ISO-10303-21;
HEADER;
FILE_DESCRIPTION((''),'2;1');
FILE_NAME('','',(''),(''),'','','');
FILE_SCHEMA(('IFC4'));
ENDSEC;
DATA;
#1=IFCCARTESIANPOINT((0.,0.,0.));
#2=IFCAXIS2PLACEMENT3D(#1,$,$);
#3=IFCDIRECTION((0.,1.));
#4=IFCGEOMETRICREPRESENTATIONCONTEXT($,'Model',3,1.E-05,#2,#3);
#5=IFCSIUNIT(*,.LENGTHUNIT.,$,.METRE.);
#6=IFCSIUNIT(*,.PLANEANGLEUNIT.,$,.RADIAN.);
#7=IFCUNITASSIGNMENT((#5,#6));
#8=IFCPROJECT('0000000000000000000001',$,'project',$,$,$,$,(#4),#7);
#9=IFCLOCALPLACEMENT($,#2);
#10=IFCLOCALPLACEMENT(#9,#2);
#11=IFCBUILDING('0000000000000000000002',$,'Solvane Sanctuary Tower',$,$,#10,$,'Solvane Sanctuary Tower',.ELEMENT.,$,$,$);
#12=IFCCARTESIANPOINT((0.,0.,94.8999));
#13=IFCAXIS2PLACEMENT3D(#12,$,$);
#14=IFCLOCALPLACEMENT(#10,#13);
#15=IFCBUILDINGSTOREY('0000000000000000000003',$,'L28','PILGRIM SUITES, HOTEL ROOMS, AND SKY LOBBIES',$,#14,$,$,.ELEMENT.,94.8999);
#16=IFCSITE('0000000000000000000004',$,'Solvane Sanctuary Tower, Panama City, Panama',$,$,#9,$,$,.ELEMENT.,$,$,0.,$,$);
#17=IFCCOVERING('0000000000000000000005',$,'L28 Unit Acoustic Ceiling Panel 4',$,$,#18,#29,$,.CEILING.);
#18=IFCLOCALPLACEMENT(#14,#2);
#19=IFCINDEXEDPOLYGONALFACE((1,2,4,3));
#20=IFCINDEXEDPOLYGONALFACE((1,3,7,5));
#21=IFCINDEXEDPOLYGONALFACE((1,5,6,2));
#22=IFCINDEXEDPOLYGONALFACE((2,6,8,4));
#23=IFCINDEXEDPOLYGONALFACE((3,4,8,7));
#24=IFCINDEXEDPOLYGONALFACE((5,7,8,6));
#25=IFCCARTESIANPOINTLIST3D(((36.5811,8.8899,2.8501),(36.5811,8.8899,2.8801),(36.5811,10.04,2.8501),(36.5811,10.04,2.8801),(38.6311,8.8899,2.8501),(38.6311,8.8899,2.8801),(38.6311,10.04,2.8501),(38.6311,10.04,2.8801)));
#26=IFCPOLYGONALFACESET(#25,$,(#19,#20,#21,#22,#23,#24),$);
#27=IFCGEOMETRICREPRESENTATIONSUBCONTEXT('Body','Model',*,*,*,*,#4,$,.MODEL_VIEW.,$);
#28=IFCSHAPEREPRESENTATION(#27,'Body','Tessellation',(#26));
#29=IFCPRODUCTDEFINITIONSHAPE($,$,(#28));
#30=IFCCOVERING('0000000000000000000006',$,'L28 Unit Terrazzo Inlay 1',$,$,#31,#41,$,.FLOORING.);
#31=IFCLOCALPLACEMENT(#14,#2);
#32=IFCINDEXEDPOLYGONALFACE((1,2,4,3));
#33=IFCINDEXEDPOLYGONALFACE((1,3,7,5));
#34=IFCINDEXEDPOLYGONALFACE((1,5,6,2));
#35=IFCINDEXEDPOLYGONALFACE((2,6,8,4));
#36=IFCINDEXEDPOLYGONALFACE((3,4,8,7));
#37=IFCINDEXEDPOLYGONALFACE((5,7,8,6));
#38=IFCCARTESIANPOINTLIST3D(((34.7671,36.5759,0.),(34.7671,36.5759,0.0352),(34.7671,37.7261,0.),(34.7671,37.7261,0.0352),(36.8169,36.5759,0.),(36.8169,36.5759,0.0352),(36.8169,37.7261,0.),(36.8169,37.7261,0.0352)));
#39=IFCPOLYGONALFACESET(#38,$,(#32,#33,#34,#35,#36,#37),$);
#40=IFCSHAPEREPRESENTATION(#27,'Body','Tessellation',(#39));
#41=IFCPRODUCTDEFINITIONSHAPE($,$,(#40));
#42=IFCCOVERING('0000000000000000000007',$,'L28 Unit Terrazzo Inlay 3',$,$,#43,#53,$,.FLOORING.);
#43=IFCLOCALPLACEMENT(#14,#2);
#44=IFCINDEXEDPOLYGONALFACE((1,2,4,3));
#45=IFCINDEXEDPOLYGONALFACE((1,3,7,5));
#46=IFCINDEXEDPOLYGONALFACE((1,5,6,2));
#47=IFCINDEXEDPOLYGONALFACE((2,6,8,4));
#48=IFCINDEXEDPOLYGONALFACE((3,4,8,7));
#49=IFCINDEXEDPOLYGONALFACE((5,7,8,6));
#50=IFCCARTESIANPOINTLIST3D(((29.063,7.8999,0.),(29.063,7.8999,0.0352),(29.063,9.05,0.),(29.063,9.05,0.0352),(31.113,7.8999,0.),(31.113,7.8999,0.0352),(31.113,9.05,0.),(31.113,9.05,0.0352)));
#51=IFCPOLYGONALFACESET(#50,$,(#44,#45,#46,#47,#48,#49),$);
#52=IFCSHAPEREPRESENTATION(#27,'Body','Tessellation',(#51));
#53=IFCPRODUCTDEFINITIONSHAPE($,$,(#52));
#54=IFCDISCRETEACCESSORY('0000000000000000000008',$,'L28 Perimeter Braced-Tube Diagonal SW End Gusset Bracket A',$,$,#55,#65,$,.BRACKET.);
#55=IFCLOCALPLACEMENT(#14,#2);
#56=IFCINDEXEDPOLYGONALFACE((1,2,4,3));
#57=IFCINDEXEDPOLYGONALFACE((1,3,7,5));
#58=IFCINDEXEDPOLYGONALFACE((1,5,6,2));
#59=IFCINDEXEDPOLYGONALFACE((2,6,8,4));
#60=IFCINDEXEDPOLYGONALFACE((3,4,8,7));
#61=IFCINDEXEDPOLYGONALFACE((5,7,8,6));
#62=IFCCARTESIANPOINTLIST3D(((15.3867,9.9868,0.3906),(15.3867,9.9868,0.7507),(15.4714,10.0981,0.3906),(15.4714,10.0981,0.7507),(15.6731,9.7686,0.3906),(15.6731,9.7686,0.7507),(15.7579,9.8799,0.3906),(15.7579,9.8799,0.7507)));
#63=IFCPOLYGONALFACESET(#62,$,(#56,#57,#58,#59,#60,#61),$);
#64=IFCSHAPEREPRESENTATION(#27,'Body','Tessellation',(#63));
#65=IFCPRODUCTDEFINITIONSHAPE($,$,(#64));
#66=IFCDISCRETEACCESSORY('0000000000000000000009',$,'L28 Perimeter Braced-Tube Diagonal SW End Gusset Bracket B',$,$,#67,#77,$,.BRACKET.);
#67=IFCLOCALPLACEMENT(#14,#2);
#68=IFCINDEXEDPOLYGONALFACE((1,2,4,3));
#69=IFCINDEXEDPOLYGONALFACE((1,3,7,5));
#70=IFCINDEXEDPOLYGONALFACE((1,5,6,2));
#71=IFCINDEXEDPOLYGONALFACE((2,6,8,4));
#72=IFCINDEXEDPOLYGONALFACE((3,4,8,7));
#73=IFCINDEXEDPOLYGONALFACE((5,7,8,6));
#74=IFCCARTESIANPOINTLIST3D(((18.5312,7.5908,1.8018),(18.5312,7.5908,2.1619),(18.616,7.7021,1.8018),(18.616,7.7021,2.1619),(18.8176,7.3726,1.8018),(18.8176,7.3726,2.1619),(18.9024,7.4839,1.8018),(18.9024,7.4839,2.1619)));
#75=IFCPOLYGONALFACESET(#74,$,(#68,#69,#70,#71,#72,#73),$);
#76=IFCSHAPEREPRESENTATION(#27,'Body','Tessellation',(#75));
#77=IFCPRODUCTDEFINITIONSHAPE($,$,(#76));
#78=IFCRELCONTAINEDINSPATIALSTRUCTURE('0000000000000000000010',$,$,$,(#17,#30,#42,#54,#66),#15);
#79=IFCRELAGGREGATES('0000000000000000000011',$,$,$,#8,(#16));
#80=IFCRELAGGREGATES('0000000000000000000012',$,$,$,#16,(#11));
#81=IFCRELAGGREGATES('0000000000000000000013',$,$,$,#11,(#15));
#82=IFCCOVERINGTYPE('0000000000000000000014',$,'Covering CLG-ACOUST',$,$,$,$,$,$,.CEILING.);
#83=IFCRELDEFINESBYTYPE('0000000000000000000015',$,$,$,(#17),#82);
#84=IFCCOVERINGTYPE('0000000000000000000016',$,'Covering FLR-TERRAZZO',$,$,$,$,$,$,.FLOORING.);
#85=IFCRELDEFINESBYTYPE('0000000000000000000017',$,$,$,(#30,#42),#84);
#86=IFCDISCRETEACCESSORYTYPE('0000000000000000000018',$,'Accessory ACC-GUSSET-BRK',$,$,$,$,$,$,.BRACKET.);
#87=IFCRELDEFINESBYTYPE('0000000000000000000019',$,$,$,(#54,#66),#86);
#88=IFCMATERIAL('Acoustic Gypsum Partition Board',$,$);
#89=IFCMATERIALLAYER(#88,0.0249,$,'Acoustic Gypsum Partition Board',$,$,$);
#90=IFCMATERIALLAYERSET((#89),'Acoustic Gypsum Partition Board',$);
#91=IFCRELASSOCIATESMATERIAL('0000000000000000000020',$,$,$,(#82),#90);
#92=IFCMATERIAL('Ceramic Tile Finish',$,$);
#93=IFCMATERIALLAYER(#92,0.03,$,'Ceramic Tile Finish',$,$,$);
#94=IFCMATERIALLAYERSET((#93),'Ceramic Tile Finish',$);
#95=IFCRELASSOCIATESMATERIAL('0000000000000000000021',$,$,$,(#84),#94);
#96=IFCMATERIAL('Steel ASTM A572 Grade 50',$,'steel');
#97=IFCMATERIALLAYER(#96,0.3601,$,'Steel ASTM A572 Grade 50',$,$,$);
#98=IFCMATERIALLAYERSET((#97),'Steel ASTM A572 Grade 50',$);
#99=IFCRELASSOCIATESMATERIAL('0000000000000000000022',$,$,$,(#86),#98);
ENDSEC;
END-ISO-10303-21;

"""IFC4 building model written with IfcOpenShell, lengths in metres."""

from ifc_helpers import new_model, si_unit, direction, frame, origin, origin_2d, place, context, subcontext, project, spatial, polyline, rectangle, outline, extrude, material, layer, layer_set, type_object, element, save


model = new_model("IFC4")

# Units and contexts
model_context = context("Model", 3, precision=1e-05, world=origin(), true_north=direction((0.0, 1.0)))
body_context = subcontext(model_context, "Body", "Model", "MODEL_VIEW")
ifc_project = project(units=[si_unit("LENGTHUNIT", "METRE"), si_unit("PLANEANGLEUNIT", "RADIAN")], contexts=[model_context])

# Site, building, storey
site_placement = place(None, origin())
site = spatial("IfcSite", under=ifc_project, at=site_placement, Name="Solvane Sanctuary Tower, Panama City, Panama", CompositionType="ELEMENT", RefElevation=0.0)
building_placement = place(site_placement, origin())
building = spatial("IfcBuilding", under=site, at=building_placement, Name="Solvane Sanctuary Tower", LongName="Solvane Sanctuary Tower", CompositionType="ELEMENT")
storey_placement = place(building_placement, frame((0.0, 0.0, 94.8999)))
storey = spatial("IfcBuildingStorey", under=building, at=storey_placement, Name="L28", Description="PILGRIM SUITES, HOTEL ROOMS, AND SKY LOBBIES", CompositionType="ELEMENT", Elevation=94.8999)

# Coverings
ifc_material_1 = material(Name="Acoustic Gypsum Partition Board")
ifc_layer_1 = layer(ifc_material_1, 0.0249, Name="Acoustic Gypsum Partition Board")
ifc_layer_set_1 = layer_set([ifc_layer_1], Name="Acoustic Gypsum Partition Board")
covering_type_1 = type_object("IfcCoveringType", Name="Covering CLG-ACOUST", PredefinedType="CEILING", material=ifc_layer_set_1)
covering_1_placement = place(storey_placement, frame((0.0, 0.0, 2.8501)))
element("IfcCovering", 1, at=covering_1_placement, inside=storey, type_object=covering_type_1, Name="L28 Unit Acoustic Ceiling Panel 4", PredefinedType="CEILING", context=body_context, shape_type="SweptSolid", body=[
    extrude(outline(polyline([(36.5811, 8.8899), (38.6311, 8.8899), (38.6311, 10.04), (36.5811, 10.04), (36.5811, 8.8899)])), origin(), (0.0, 0.0, 1.0), 0.03),
])
ifc_material_2 = material(Name="Ceramic Tile Finish")
ifc_layer_2 = layer(ifc_material_2, 0.03, Name="Ceramic Tile Finish")
ifc_layer_set_2 = layer_set([ifc_layer_2], Name="Ceramic Tile Finish")
covering_type_2 = type_object("IfcCoveringType", Name="Covering FLR-TERRAZZO", PredefinedType="FLOORING", material=ifc_layer_set_2)
covering_2_placement = place(storey_placement, origin())
element("IfcCovering", 2, at=covering_2_placement, inside=storey, type_object=covering_type_2, Name="L28 Unit Terrazzo Inlay 1", PredefinedType="FLOORING", context=body_context, shape_type="SweptSolid", body=[
    extrude(outline(polyline([(34.7671, 36.5759), (36.8169, 36.5759), (36.8169, 37.7261), (34.7671, 37.7261), (34.7671, 36.5759)])), origin(), (0.0, 0.0, 1.0), 0.0352),
])
covering_3_placement = place(storey_placement, origin())
element("IfcCovering", 3, at=covering_3_placement, inside=storey, type_object=covering_type_2, Name="L28 Unit Terrazzo Inlay 3", PredefinedType="FLOORING", context=body_context, shape_type="SweptSolid", body=[
    extrude(outline(polyline([(29.063, 7.8999), (31.113, 7.8999), (31.113, 9.05), (29.063, 9.05), (29.063, 7.8999)])), origin(), (0.0, 0.0, 1.0), 0.0352),
])

# Discrete accessories
ifc_material_3 = material(Name="Steel ASTM A572 Grade 50", Category="steel")
ifc_layer_3 = layer(ifc_material_3, 0.3601, Name="Steel ASTM A572 Grade 50")
ifc_layer_set_3 = layer_set([ifc_layer_3], Name="Steel ASTM A572 Grade 50")
discrete_accessory_type = type_object("IfcDiscreteAccessoryType", Name="Accessory ACC-GUSSET-BRK", PredefinedType="BRACKET", material=ifc_layer_set_3)
for number, where, z_axis, x_axis, name in (
    (4, (15.5723, 9.9333, 0.3906), (0.0, 0.0, 1.0), (0.795473, -0.605988, 0.0), "L28 Perimeter Braced-Tube Diagonal SW End Gusset Bracket A"),
    (5, (18.7168, 7.5374, 1.8018), (0.0, 0.0, 1.0), (0.795473, -0.605988, 0.0), "L28 Perimeter Braced-Tube Diagonal SW End Gusset Bracket B"),
):
    element("IfcDiscreteAccessory", number, at=place(storey_placement, frame(where, z_axis=z_axis, x_axis=x_axis)), inside=storey, type_object=discrete_accessory_type, Name=name, PredefinedType="BRACKET", context=body_context, shape_type="SweptSolid", body=[
        extrude(rectangle(XDim=0.3601, YDim=0.1399, at=origin_2d()), origin(), (0.0, 0.0, 1.0), 0.3601),
    ])

save(model, "model.ifc")
